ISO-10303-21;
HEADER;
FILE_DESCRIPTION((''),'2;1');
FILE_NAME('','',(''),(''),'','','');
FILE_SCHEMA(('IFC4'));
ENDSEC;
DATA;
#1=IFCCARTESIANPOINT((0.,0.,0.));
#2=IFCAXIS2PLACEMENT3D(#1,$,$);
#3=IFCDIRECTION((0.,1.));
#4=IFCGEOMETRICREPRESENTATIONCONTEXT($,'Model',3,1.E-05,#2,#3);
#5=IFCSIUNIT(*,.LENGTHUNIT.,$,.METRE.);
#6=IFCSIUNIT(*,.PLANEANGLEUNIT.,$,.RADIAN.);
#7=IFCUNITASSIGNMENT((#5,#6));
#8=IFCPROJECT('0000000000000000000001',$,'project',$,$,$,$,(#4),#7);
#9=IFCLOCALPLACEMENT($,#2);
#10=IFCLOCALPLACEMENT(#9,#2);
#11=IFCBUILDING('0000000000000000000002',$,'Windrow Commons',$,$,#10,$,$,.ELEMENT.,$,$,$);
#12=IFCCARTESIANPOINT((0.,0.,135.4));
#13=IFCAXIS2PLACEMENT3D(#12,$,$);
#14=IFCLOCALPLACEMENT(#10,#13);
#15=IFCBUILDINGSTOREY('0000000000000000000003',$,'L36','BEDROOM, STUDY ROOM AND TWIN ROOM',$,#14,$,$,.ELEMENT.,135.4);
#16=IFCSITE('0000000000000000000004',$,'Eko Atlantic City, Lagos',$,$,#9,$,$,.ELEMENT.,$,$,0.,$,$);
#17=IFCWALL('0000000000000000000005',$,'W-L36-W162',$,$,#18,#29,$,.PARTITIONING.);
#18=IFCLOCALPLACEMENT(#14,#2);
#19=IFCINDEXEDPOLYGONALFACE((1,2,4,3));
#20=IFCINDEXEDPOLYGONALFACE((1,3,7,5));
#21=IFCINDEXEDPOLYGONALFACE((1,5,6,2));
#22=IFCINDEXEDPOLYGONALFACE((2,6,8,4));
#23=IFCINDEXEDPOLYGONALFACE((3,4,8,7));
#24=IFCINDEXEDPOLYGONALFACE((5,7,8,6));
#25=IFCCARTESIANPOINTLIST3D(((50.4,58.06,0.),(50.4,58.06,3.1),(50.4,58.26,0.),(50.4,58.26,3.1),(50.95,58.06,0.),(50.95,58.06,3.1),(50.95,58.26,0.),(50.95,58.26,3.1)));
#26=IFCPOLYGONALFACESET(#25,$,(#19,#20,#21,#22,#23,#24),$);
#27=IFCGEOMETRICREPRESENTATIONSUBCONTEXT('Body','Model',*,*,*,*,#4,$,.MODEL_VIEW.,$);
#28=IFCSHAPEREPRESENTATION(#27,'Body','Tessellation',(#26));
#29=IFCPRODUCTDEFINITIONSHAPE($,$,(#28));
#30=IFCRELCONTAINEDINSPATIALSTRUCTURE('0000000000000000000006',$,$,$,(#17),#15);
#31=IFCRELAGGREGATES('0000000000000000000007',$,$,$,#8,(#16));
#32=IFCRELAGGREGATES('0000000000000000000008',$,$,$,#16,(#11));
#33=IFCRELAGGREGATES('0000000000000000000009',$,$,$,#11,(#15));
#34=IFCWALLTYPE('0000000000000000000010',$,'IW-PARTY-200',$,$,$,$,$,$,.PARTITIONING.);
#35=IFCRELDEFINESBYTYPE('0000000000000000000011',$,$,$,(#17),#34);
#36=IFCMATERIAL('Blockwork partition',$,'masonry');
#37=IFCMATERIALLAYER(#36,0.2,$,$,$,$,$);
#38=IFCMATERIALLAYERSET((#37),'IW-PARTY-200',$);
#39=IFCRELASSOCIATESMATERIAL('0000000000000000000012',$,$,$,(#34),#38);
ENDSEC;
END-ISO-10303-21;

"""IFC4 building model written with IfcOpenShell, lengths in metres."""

from ifc_helpers import new_model, si_unit, direction, frame, frame_2d, origin, place, context, subcontext, project, spatial, rectangle, extrude, material, layer, layer_set, type_object, element, save


model = new_model("IFC4")

# Units and contexts
model_context = context("Model", 3, precision=1e-05, world=origin(), true_north=direction((0.0, 1.0)))
body_context = subcontext(model_context, "Body", "Model", "MODEL_VIEW")
ifc_project = project(units=[si_unit("LENGTHUNIT", "METRE"), si_unit("PLANEANGLEUNIT", "RADIAN")], contexts=[model_context])

# Site, building, storey
site_placement = place(None, origin())
site = spatial("IfcSite", under=ifc_project, at=site_placement, Name="Eko Atlantic City, Lagos", CompositionType="ELEMENT", RefElevation=0.0)
building_placement = place(site_placement, origin())
building = spatial("IfcBuilding", under=site, at=building_placement, Name="Windrow Commons", CompositionType="ELEMENT")
storey_placement = place(building_placement, frame((0.0, 0.0, 135.4)))
storey = spatial("IfcBuildingStorey", under=building, at=storey_placement, Name="L36", Description="BEDROOM, STUDY ROOM AND TWIN ROOM", CompositionType="ELEMENT", Elevation=135.4)

# Wall
ifc_material_1 = material(Name="Blockwork partition", Category="masonry")
ifc_layer_1 = layer(ifc_material_1, 0.2)
ifc_layer_set_1 = layer_set([ifc_layer_1], Name="IW-PARTY-200")
wall_type_1 = type_object("IfcWallType", Name="IW-PARTY-200", PredefinedType="PARTITIONING", material=ifc_layer_set_1)
for number, where, z_axis, x_axis, name in (
    (1, (50.4, 58.16, 0.0), (0.0, 0.0, 1.0), (1.0, 0.0, 0.0), "W-L36-W162"),
):
    element("IfcWall", number, at=place(storey_placement, frame(where, z_axis=z_axis, x_axis=x_axis)), inside=storey, type_object=wall_type_1, Name=name, PredefinedType="PARTITIONING", context=body_context, shape_type="SweptSolid", body=[
        extrude(rectangle(XDim=0.55, YDim=0.2, at=frame_2d((0.275, 0.0))), origin(), (0.0, 0.0, 1.0), 3.1),
    ])

save(model, "model.ifc")
